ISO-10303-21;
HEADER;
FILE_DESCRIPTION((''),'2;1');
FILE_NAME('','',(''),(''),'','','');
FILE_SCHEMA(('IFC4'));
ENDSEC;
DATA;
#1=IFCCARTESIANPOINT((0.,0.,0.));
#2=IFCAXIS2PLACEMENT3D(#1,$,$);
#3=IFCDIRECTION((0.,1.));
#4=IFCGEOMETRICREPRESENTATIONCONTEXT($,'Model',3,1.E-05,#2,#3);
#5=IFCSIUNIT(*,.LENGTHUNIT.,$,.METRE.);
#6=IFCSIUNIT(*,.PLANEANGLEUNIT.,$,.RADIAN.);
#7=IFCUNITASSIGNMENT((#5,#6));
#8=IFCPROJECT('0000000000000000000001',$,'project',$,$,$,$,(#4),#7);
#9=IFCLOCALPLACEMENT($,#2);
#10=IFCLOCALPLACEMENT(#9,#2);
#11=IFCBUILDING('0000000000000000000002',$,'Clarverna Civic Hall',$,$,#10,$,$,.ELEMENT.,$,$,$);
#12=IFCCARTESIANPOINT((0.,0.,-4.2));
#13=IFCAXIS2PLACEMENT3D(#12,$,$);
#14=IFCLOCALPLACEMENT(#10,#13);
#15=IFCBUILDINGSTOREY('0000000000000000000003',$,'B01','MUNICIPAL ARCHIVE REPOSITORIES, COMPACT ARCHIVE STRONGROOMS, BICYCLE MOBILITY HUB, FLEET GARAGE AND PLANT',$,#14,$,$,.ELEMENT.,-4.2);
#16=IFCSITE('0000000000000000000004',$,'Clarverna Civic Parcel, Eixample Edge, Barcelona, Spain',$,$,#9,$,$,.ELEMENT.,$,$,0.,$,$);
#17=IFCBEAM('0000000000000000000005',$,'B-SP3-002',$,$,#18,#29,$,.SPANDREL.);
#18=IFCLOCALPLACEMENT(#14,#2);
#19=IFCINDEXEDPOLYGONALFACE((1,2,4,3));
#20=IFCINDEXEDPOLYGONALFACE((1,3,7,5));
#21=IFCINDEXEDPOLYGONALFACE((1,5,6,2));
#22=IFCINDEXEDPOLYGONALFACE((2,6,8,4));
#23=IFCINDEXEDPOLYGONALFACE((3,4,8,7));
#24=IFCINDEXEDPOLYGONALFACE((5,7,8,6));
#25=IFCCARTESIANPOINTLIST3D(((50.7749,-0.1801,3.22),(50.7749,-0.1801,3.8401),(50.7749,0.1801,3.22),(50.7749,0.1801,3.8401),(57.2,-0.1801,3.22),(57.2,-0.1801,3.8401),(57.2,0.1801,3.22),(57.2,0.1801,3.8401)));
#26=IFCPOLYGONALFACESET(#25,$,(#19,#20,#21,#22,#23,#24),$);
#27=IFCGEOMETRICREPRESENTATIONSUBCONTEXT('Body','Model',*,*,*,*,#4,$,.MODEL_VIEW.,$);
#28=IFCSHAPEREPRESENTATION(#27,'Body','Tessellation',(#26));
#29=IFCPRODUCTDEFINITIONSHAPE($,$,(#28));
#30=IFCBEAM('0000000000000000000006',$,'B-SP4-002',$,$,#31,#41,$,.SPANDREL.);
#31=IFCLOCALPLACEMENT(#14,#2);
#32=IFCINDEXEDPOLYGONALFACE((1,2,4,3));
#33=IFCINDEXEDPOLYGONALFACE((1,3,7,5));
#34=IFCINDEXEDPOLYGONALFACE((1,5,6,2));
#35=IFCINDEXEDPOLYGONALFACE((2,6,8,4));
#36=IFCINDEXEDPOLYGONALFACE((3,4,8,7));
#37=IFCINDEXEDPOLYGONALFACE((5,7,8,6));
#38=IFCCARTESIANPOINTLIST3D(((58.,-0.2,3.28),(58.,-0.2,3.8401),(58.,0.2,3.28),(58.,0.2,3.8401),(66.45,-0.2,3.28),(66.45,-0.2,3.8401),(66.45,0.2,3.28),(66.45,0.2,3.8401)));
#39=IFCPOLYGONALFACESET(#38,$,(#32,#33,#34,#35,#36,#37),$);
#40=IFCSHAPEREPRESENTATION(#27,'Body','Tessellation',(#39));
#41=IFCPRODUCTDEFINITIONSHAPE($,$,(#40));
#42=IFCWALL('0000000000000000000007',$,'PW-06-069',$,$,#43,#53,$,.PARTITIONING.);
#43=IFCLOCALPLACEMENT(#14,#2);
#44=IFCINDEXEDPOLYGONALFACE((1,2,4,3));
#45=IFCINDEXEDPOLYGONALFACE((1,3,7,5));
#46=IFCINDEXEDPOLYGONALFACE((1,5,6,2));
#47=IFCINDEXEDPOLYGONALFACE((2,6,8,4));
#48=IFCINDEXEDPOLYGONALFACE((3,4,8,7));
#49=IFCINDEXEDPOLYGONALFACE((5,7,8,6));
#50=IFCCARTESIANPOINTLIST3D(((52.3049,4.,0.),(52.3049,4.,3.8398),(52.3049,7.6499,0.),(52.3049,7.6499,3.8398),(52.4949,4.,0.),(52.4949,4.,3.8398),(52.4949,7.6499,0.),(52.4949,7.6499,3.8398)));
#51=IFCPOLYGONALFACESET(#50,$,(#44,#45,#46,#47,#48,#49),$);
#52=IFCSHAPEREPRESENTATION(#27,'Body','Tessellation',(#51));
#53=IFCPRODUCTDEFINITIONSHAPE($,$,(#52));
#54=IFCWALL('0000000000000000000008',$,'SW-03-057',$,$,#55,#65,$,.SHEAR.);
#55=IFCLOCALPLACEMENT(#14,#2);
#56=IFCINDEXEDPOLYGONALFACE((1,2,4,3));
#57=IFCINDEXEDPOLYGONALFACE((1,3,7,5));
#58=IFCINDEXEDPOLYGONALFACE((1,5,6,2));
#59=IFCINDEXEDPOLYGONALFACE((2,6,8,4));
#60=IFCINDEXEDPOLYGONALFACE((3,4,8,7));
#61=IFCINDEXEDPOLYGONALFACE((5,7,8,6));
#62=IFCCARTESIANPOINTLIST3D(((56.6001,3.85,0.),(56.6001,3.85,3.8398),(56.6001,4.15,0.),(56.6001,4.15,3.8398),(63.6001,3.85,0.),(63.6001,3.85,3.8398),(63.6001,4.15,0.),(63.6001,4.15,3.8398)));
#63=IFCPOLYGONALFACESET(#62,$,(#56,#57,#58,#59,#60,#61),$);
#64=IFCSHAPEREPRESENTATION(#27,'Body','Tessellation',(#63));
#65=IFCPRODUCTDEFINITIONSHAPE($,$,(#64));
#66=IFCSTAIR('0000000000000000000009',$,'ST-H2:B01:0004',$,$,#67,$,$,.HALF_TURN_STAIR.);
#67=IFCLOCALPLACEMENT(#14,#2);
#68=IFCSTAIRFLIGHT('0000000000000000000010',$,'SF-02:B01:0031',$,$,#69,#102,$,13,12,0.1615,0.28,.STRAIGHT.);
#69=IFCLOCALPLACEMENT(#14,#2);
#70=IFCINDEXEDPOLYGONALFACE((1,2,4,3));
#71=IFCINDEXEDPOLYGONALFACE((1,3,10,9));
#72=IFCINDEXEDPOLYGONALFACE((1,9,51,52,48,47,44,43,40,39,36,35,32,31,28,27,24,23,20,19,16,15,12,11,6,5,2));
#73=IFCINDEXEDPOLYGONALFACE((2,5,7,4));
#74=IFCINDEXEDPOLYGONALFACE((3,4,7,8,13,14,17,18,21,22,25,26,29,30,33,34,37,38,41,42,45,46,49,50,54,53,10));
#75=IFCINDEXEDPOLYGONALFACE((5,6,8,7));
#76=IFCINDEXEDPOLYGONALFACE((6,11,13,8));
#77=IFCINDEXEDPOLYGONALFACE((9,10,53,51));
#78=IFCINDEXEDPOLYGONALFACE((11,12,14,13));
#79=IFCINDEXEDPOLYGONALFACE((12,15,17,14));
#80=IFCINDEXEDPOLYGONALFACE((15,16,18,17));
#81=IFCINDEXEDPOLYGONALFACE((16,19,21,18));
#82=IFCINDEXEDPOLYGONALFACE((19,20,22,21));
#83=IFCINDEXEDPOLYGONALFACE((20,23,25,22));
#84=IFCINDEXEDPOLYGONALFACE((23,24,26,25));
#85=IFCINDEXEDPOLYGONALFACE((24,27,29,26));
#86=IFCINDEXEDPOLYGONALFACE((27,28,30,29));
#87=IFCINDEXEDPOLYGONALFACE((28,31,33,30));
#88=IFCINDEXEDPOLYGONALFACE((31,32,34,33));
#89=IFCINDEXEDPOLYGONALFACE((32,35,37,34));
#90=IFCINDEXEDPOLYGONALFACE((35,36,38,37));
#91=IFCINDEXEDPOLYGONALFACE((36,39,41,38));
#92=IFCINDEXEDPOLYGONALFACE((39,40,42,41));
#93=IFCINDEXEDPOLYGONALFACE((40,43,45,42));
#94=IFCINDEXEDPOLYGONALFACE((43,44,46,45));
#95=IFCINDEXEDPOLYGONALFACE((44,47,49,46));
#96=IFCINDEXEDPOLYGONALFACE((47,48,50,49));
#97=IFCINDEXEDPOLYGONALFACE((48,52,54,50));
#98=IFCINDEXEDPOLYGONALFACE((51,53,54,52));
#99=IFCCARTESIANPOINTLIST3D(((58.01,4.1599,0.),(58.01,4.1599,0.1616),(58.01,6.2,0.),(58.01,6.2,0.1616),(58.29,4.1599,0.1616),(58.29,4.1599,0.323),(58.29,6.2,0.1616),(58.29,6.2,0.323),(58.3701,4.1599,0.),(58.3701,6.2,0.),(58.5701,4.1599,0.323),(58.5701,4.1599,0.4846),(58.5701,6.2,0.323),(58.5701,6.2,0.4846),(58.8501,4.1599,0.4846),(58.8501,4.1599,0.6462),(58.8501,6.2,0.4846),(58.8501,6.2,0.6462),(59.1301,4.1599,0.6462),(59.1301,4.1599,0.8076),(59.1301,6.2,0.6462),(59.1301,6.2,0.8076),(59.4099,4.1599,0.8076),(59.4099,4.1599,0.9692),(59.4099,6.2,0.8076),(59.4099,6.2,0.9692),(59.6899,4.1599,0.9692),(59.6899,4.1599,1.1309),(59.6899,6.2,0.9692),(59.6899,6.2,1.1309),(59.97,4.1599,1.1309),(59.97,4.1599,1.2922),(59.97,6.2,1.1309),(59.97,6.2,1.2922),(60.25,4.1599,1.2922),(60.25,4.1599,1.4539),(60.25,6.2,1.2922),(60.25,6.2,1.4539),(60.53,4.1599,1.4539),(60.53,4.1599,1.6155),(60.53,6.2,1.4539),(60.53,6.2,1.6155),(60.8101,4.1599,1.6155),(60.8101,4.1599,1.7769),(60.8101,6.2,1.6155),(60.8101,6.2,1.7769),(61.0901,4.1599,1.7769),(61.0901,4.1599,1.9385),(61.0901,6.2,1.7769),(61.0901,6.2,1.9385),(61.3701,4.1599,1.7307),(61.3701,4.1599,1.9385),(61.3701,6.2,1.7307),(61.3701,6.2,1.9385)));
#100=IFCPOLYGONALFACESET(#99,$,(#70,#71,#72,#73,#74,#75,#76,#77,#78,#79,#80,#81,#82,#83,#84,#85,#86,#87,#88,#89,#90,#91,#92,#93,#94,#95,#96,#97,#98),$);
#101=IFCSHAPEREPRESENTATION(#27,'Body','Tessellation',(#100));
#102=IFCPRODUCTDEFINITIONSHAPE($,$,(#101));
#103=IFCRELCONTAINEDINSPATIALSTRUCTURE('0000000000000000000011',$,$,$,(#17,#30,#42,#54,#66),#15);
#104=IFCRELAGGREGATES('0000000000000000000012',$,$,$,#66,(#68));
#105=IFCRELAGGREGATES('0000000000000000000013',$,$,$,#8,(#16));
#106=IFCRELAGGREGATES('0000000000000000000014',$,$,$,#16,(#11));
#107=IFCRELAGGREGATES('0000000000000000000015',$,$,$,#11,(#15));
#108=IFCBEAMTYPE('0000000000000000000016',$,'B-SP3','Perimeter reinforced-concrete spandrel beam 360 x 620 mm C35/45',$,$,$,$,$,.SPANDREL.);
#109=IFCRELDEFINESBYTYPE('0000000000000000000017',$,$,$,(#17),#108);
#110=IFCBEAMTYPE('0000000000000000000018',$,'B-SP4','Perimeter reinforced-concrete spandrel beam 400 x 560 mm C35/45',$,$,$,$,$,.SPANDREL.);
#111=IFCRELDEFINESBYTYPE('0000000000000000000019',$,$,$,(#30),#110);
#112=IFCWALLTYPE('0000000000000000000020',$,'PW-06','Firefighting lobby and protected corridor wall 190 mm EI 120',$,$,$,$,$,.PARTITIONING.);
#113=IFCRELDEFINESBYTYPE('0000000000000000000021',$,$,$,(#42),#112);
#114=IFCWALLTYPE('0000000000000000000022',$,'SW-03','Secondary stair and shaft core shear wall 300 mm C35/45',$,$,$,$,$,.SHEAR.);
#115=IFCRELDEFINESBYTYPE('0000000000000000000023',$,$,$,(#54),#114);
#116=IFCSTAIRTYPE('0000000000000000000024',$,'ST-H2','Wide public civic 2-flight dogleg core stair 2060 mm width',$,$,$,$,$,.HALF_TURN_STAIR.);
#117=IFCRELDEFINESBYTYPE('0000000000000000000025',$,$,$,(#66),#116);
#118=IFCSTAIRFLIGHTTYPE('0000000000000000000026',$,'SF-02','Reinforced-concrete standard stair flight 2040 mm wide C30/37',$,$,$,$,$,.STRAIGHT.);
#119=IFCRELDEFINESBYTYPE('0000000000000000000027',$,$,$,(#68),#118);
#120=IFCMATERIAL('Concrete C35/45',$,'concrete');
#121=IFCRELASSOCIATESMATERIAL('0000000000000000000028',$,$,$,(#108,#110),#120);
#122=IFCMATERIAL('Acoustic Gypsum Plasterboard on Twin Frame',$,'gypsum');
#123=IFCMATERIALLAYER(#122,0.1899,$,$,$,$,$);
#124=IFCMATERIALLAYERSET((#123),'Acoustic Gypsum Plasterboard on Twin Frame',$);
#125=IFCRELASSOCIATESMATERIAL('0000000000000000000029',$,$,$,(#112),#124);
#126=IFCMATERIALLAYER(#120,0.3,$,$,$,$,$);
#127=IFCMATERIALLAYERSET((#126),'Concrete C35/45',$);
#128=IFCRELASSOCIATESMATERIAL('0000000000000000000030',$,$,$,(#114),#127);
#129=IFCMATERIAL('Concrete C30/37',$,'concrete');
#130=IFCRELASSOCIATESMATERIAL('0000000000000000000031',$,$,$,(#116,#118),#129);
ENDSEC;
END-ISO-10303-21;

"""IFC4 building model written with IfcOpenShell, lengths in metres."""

from ifc_helpers import new_model, si_unit, direction, frame, frame_2d, origin, origin_2d, place, context, subcontext, project, spatial, polyline, rectangle, outline, extrude, material, layer, layer_set, material_profile, profile_set, type_object, element, aggregate, save


model = new_model("IFC4")

# Units and contexts
model_context = context("Model", 3, precision=1e-05, world=origin(), true_north=direction((0.0, 1.0)))
body_context = subcontext(model_context, "Body", "Model", "MODEL_VIEW")
ifc_project = project(units=[si_unit("LENGTHUNIT", "METRE"), si_unit("PLANEANGLEUNIT", "RADIAN")], contexts=[model_context])

# Site, building, storey
site_placement = place(None, origin())
site = spatial("IfcSite", under=ifc_project, at=site_placement, Name="Clarverna Civic Parcel, Eixample Edge, Barcelona, Spain", CompositionType="ELEMENT", RefElevation=0.0)
building_placement = place(site_placement, origin())
building = spatial("IfcBuilding", under=site, at=building_placement, Name="Clarverna Civic Hall", CompositionType="ELEMENT")
storey_placement = place(building_placement, frame((0.0, 0.0, -4.2)))
storey = spatial("IfcBuildingStorey", under=building, at=storey_placement, Name="B01", Description="MUNICIPAL ARCHIVE REPOSITORIES, COMPACT ARCHIVE STRONGROOMS, BICYCLE MOBILITY HUB, FLEET GARAGE AND PLANT", CompositionType="ELEMENT", Elevation=-4.2)

# Shared definitions
ifc_material_1 = material(Name="Concrete C30/37", Category="concrete")

# Beams
ifc_material_2 = material(Name="Concrete C35/45", Category="concrete")
ifc_material_profile_1 = material_profile(ifc_material_2, rectangle(XDim=0.3601, YDim=0.6201, at=origin_2d()), Name="RC 360x620")
ifc_profile_set_1 = profile_set([ifc_material_profile_1], Name="Concrete C35/45")
beam_type_1 = type_object("IfcBeamType", Name="B-SP3", Description="Perimeter reinforced-concrete spandrel beam 360 x 620 mm C35/45", PredefinedType="SPANDREL", material=ifc_profile_set_1)
beam_1_placement = place(storey_placement, frame((50.7749, 0.0, 3.53), z_axis=(1.0, 0.0, 0.0), x_axis=(0.0, 1.0, 0.0)))
element("IfcBeam", 1, at=beam_1_placement, inside=storey, type_object=beam_type_1, Name="B-SP3-002", PredefinedType="SPANDREL", context=body_context, shape_type="SweptSolid", body=[
    extrude(rectangle(XDim=0.3601, YDim=0.6201, at=origin_2d()), origin(), (0.0, 0.0, 1.0), 6.425),
])
ifc_material_profile_2 = material_profile(ifc_material_2, rectangle(XDim=0.3999, YDim=0.5601, at=origin_2d()), Name="RC 400x560")
ifc_profile_set_2 = profile_set([ifc_material_profile_2], Name="Concrete C35/45")
beam_type_2 = type_object("IfcBeamType", Name="B-SP4", Description="Perimeter reinforced-concrete spandrel beam 400 x 560 mm C35/45", PredefinedType="SPANDREL", material=ifc_profile_set_2)
beam_2_placement = place(storey_placement, frame((58.0, 0.0, 3.5601), z_axis=(1.0, 0.0, 0.0), x_axis=(0.0, 1.0, 0.0)))
element("IfcBeam", 2, at=beam_2_placement, inside=storey, type_object=beam_type_2, Name="B-SP4-002", PredefinedType="SPANDREL", context=body_context, shape_type="SweptSolid", body=[
    extrude(rectangle(XDim=0.3999, YDim=0.5601, at=origin_2d()), origin(), (0.0, 0.0, 1.0), 8.45),
])

# Wall
ifc_material_3 = material(Name="Acoustic Gypsum Plasterboard on Twin Frame", Category="gypsum")
ifc_layer_1 = layer(ifc_material_3, 0.1899)
ifc_layer_set_1 = layer_set([ifc_layer_1], Name="Acoustic Gypsum Plasterboard on Twin Frame")
wall_type_1 = type_object("IfcWallType", Name="PW-06", Description="Firefighting lobby and protected corridor wall 190 mm EI 120", PredefinedType="PARTITIONING", material=ifc_layer_set_1)
wall_1_placement = place(storey_placement, frame((52.3999, 4.0, 0.0), z_axis=(0.0, 0.0, 1.0), x_axis=(0.0, 1.0, 0.0)))
element("IfcWall", 3, at=wall_1_placement, inside=storey, type_object=wall_type_1, Name="PW-06-069", PredefinedType="PARTITIONING", context=body_context, shape_type="SweptSolid", body=[
    extrude(rectangle(XDim=3.6499, YDim=0.1899, at=frame_2d((1.825, 0.0))), origin(), (0.0, 0.0, 1.0), 3.8398),
])

# Shared definitions
ifc_layer_2 = layer(ifc_material_2, 0.3)
ifc_layer_set_2 = layer_set([ifc_layer_2], Name="Concrete C35/45")
wall_type_2 = type_object("IfcWallType", Name="SW-03", Description="Secondary stair and shaft core shear wall 300 mm C35/45", PredefinedType="SHEAR", material=ifc_layer_set_2)

# Wall
wall_2_placement = place(storey_placement, frame((56.6001, 4.0, 0.0), z_axis=(0.0, 0.0, 1.0), x_axis=(1.0, 0.0, 0.0)))
element("IfcWall", 4, at=wall_2_placement, inside=storey, type_object=wall_type_2, Name="SW-03-057", PredefinedType="SHEAR", context=body_context, shape_type="SweptSolid", body=[
    extrude(rectangle(XDim=7.0, YDim=0.3, at=frame_2d((3.5, 0.0))), origin(), (0.0, 0.0, 1.0), 3.8398),
])

# Stair, stair flight
stair_type = type_object("IfcStairType", Name="ST-H2", Description="Wide public civic 2-flight dogleg core stair 2060 mm width", PredefinedType="HALF_TURN_STAIR", material=ifc_material_1)
stair_placement = place(storey_placement, origin())
stair = element("IfcStair", 5, at=stair_placement, inside=storey, type_object=stair_type, Name="ST-H2:B01:0004", PredefinedType="HALF_TURN_STAIR")
stair_flight_type = type_object("IfcStairFlightType", Name="SF-02", Description="Reinforced-concrete standard stair flight 2040 mm wide C30/37", PredefinedType="STRAIGHT", material=ifc_material_1)
stair_flight_placement = place(storey_placement, frame((58.01, 5.1799, 0.0), z_axis=(0.0, 0.0, 1.0), x_axis=(1.0, 0.0, 0.0)))
stair_flight = element("IfcStairFlight", 6, at=stair_flight_placement, type_object=stair_flight_type, Name="SF-02:B01:0031", NumberOfRisers=13, NumberOfTreads=12, PredefinedType="STRAIGHT", RiserHeight=0.1615, TreadLength=0.28, context=body_context, shape_type="SweptSolid", body=[
    extrude(outline(polyline([(0.0, 0.0), (0.0, 0.1616), (0.28, 0.1616), (0.28, 0.323), (0.5601, 0.323), (0.5601, 0.4846), (0.8401, 0.4846), (0.8401, 0.6462), (1.1201, 0.6462), (1.1201, 0.8076), (1.3999, 0.8076), (1.3999, 0.9692), (1.6799, 0.9692), (1.6799, 1.1309), (1.96, 1.1309), (1.96, 1.2922), (2.24, 1.2922), (2.24, 1.4539), (2.52, 1.4539), (2.52, 1.6155), (2.8, 1.6155), (2.8, 1.7769), (3.0801, 1.7769), (3.0801, 1.9385), (3.3601, 1.9385), (3.3601, 2.1001), (3.3601, 1.7307), (0.3601, 0.0), (0.0, 0.0)])), frame((0.0, 1.02, 0.0), z_axis=(0.0, -1.0, 0.0), x_axis=(1.0, 0.0, 0.0)), (0.0, 0.0, 1.0), 2.04),
])
aggregate(stair, [stair_flight])

save(model, "model.ifc")
